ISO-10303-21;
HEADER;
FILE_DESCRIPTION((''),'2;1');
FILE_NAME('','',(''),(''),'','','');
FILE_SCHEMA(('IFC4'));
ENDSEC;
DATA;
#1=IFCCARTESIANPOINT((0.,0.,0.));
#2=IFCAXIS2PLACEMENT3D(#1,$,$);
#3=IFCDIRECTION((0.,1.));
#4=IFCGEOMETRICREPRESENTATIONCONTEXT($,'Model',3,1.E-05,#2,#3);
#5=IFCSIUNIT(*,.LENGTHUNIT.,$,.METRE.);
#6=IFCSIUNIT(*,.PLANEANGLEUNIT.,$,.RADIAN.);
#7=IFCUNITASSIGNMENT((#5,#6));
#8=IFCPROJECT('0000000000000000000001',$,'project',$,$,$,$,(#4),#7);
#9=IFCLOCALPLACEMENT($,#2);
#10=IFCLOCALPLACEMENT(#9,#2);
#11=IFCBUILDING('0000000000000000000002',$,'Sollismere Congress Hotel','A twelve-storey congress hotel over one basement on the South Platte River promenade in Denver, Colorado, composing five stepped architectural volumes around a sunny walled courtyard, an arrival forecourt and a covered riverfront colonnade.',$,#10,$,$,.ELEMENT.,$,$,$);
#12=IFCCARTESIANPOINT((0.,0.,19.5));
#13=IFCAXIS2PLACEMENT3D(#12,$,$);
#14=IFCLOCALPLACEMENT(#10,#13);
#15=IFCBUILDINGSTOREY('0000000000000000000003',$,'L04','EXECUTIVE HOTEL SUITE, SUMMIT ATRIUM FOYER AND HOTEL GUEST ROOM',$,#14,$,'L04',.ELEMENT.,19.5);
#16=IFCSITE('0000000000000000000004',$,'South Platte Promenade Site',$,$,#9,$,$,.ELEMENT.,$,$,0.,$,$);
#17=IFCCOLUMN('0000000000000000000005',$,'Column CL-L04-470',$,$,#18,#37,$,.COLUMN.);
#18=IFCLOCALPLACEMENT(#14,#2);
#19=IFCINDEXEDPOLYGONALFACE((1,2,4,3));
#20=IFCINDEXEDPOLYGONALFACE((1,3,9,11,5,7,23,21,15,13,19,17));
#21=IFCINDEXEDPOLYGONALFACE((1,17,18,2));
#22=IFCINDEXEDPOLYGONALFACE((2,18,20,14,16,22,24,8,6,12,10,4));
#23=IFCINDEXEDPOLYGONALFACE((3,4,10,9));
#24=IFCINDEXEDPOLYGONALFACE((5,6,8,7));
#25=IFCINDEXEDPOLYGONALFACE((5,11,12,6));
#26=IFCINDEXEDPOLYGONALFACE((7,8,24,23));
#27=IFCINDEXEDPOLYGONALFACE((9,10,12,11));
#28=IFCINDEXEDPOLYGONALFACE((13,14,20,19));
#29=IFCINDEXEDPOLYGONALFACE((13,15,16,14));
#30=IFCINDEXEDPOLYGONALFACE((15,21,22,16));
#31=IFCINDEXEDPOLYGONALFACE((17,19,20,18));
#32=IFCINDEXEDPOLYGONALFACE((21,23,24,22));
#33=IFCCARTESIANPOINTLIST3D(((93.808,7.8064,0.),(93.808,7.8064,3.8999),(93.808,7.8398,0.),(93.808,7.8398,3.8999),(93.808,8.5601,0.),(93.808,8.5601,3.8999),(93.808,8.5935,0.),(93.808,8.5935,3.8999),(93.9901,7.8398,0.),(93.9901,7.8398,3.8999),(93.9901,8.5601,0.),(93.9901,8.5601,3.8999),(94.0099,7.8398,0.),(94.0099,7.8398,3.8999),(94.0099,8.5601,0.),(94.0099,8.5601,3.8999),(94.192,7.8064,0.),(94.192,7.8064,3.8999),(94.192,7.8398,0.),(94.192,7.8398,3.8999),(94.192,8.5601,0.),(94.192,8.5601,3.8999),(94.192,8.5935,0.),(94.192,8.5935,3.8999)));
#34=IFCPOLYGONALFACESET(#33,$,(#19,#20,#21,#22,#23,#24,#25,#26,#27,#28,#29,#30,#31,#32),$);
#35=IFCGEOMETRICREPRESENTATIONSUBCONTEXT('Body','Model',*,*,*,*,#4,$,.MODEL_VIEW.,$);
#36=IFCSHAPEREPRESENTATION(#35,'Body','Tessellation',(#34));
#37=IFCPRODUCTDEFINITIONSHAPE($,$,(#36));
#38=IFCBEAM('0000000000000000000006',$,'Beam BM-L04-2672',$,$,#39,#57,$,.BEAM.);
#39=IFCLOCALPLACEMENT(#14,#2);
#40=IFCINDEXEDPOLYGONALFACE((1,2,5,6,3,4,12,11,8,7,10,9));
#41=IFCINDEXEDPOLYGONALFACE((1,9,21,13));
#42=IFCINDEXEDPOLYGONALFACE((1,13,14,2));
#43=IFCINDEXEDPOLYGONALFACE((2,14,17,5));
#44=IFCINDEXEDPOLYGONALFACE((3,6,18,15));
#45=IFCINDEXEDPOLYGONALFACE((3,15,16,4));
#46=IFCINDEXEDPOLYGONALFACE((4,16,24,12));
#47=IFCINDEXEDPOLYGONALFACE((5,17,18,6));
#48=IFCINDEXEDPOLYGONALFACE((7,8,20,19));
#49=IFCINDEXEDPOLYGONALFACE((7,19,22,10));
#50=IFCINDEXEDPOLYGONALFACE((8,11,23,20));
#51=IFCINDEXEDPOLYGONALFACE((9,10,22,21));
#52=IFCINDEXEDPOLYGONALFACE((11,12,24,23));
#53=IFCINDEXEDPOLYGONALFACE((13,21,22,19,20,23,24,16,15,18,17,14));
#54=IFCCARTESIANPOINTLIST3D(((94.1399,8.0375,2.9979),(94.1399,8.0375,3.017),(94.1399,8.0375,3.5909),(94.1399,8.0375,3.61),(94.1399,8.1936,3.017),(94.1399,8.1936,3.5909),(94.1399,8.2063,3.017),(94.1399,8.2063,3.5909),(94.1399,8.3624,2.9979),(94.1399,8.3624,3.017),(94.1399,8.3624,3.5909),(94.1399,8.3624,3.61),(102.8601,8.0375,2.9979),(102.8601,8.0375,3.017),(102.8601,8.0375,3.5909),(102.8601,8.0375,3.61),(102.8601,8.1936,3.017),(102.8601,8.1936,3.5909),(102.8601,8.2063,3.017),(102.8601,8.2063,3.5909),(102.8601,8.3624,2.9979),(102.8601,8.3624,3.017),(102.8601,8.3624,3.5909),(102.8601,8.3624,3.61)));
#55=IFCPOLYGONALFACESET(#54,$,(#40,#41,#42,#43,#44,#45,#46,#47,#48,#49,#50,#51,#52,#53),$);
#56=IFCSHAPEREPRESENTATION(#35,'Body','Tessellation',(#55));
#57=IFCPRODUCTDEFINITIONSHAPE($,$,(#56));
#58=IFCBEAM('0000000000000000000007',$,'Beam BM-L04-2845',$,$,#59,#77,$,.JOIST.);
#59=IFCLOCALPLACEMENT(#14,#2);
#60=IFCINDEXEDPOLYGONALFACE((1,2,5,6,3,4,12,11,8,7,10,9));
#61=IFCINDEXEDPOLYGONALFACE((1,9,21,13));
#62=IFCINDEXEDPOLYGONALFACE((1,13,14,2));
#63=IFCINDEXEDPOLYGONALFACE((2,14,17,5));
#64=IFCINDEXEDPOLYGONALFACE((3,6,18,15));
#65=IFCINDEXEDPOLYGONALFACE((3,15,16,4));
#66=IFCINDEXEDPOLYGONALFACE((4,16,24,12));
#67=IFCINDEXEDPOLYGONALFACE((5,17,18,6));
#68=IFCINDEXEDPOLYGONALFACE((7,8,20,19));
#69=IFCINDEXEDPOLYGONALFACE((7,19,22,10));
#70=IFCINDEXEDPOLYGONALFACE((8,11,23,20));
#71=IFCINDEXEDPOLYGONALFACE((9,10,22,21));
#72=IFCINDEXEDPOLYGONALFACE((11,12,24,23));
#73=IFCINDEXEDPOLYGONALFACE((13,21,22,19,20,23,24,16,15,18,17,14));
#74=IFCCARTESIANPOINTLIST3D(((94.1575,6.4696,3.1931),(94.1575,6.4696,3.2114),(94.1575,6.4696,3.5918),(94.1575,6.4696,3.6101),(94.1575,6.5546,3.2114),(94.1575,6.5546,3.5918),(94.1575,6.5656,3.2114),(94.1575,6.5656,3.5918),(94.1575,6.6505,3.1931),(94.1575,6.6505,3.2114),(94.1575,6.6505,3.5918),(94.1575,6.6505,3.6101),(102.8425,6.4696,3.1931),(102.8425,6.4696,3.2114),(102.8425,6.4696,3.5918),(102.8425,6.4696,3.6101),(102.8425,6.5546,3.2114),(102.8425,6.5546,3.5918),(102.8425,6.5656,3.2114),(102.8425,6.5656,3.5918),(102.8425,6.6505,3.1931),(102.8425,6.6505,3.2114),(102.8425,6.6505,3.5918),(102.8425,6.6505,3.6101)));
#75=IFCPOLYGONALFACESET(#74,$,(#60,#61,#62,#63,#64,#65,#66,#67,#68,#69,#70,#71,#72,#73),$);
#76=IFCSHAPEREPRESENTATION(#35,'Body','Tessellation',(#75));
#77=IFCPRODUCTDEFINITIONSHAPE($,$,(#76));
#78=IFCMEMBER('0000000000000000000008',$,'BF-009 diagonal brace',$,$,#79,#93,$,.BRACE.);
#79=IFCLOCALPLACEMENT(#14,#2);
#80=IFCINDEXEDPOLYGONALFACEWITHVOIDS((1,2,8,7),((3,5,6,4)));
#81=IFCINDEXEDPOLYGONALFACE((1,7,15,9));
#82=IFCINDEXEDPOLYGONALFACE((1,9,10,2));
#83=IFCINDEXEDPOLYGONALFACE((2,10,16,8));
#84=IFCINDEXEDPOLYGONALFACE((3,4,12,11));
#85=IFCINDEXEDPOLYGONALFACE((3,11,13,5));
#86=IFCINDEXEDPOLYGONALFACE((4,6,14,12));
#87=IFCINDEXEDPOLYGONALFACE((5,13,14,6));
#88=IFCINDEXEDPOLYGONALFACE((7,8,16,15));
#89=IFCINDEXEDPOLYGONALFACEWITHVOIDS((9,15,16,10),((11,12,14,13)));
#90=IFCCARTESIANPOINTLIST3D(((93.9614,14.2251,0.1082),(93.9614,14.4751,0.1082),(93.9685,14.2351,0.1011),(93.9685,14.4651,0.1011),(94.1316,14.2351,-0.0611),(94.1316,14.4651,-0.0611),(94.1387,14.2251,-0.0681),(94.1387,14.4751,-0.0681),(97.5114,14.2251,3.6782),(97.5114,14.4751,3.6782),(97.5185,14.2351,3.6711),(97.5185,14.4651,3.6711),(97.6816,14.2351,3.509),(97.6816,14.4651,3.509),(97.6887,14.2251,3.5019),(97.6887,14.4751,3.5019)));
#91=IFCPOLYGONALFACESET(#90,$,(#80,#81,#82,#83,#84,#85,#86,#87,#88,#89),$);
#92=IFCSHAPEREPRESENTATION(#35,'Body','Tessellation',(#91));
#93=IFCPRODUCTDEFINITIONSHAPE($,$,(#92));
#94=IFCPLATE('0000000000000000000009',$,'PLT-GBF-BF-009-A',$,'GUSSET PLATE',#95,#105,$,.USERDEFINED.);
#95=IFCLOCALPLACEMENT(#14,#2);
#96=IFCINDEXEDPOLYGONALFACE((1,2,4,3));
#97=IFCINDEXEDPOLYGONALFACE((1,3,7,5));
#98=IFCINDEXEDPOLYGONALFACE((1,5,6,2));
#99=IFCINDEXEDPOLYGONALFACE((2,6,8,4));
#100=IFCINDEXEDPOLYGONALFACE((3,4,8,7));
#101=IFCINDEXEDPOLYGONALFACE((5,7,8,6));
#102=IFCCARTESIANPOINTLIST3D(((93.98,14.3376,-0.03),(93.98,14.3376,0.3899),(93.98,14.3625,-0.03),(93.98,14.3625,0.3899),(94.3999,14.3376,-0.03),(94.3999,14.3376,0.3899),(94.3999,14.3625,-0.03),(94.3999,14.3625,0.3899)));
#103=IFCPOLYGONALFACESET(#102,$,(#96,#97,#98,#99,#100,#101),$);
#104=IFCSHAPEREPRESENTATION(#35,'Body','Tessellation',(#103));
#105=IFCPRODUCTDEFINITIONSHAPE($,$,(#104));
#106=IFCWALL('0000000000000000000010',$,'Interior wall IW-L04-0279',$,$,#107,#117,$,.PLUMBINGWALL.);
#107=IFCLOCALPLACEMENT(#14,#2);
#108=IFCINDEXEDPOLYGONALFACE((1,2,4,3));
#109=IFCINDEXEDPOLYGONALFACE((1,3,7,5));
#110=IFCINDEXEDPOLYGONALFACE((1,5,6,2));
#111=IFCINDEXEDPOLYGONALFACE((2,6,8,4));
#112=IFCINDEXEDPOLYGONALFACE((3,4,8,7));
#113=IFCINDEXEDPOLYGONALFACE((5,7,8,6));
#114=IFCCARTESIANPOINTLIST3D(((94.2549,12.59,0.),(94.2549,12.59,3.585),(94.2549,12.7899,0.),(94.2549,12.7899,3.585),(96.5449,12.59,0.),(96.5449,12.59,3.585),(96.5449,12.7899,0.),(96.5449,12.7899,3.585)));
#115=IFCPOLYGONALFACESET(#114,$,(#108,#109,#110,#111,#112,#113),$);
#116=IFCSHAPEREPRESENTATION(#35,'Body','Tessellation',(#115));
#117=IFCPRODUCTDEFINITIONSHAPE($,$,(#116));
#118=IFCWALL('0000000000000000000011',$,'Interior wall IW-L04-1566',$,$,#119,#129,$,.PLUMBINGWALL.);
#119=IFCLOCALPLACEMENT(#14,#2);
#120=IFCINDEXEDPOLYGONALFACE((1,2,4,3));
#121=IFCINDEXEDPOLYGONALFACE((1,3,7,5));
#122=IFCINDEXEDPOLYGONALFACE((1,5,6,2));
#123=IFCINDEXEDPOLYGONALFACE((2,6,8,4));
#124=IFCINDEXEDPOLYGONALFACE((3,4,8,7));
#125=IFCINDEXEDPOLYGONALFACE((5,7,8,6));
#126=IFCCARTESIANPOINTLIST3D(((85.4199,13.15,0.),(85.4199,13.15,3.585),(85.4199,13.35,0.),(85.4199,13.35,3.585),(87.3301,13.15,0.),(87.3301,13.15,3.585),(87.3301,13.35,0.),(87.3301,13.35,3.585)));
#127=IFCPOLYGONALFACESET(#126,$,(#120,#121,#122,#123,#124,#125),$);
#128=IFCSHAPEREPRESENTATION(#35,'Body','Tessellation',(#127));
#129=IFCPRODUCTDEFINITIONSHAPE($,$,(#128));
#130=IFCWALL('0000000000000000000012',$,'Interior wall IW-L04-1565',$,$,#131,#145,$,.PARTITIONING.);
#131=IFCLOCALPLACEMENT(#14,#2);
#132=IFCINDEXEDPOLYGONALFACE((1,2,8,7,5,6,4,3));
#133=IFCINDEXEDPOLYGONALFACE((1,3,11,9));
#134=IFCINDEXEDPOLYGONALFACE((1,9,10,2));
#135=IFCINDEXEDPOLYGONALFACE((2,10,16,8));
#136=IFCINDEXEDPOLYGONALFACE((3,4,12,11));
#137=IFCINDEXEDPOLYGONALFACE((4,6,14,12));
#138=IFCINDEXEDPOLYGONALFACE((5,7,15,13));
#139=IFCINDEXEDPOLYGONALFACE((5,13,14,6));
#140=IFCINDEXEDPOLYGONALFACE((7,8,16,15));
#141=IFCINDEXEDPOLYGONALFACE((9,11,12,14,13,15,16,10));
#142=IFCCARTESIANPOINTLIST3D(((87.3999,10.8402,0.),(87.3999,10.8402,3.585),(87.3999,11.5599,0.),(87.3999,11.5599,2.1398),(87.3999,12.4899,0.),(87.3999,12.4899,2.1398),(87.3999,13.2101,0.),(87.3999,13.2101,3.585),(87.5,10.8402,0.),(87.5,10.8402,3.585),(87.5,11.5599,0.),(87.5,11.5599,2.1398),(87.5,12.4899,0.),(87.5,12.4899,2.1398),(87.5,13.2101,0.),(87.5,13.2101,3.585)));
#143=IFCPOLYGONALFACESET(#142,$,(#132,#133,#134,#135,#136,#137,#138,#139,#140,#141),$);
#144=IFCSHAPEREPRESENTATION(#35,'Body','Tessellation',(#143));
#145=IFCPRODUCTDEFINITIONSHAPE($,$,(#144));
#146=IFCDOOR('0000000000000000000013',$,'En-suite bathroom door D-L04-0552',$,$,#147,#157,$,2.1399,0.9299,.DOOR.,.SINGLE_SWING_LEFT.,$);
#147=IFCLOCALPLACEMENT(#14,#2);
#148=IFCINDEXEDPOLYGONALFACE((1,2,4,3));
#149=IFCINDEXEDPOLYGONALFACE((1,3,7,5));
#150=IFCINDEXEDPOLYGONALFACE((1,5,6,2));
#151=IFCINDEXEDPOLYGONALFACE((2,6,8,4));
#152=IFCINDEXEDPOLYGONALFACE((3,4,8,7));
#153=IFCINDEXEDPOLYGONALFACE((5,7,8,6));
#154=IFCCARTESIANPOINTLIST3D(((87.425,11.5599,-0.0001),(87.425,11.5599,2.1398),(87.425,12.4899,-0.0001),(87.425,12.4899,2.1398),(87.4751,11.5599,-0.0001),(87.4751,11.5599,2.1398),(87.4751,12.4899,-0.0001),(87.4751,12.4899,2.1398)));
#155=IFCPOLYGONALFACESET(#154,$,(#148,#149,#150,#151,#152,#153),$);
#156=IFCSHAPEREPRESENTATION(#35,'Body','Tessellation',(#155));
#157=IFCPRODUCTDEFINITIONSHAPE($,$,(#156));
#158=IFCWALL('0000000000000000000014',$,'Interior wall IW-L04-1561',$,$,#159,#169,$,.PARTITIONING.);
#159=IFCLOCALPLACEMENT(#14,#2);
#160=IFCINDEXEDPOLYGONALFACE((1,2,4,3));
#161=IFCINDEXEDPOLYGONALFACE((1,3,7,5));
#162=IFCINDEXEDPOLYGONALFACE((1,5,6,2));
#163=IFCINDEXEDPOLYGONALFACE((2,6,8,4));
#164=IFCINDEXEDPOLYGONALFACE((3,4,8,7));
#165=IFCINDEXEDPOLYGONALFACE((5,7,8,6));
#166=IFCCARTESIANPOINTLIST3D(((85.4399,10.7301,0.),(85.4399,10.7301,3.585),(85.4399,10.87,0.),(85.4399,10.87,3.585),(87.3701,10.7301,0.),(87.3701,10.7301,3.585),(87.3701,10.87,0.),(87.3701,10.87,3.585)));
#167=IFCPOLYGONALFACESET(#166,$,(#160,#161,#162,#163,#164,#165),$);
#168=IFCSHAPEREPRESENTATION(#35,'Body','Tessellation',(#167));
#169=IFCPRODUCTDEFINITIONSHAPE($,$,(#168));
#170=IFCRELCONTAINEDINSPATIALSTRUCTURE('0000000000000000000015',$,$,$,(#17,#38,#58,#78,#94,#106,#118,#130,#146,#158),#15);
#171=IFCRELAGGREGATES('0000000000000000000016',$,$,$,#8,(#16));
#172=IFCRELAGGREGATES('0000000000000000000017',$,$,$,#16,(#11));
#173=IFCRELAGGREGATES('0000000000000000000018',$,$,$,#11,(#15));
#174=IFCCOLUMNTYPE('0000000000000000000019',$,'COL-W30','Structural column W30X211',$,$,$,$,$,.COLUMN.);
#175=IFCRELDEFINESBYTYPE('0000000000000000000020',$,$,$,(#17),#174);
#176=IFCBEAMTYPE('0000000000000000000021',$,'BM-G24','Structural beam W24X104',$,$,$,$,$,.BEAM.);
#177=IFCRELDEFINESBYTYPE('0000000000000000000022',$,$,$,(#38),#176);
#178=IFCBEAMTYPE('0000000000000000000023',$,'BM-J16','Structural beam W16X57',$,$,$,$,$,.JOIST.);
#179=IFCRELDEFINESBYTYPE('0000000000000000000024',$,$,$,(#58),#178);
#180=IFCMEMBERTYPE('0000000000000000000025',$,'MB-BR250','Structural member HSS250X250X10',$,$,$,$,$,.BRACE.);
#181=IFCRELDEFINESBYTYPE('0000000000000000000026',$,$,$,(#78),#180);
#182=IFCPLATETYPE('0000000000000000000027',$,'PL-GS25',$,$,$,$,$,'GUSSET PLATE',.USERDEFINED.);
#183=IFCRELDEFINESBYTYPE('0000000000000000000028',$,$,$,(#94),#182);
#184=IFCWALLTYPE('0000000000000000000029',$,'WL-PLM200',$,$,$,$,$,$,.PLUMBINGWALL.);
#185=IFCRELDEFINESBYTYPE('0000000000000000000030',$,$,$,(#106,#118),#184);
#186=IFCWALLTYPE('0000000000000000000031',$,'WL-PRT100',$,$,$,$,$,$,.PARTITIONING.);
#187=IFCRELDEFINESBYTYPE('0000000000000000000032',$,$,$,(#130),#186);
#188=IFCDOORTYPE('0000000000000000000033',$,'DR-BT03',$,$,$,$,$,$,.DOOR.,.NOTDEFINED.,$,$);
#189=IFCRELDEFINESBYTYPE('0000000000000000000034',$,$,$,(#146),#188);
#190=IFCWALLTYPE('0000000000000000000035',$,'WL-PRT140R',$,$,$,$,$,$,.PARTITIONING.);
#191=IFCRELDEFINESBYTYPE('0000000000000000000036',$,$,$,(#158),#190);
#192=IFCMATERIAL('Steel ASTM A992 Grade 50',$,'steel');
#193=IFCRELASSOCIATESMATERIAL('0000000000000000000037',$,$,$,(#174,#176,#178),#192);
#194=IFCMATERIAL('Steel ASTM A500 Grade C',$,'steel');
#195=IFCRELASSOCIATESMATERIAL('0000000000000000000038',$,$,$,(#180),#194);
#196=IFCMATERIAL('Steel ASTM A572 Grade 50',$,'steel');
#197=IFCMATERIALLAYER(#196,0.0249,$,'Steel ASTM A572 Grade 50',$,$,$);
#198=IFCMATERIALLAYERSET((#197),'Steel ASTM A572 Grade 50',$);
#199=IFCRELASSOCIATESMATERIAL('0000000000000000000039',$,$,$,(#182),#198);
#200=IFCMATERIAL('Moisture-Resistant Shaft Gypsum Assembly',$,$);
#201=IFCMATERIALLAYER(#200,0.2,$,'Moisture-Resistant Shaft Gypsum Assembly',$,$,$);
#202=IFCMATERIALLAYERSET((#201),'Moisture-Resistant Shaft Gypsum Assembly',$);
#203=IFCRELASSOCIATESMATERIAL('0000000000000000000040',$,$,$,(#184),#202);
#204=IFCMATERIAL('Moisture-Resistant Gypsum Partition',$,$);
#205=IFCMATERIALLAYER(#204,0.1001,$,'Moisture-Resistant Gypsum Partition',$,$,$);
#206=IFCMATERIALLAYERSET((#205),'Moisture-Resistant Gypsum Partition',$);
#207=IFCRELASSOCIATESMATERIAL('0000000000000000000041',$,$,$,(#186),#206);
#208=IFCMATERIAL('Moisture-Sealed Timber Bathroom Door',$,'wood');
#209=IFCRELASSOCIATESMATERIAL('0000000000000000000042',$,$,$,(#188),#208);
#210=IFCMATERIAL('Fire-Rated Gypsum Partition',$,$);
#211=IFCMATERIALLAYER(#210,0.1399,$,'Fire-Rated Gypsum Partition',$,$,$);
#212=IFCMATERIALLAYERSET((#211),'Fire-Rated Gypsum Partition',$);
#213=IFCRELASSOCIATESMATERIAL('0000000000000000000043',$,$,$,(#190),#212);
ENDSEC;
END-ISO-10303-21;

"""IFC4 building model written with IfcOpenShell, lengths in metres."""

from ifc_helpers import new_model, si_unit, direction, frame, frame_2d, origin, origin_2d, place, context, subcontext, project, spatial, rectangle, hollow_rectangle, i_section, extrude, material, layer, layer_set, material_profile, profile_set, type_object, element, fill, save


model = new_model("IFC4")

# Units and contexts
model_context = context("Model", 3, precision=1e-05, world=origin(), true_north=direction((0.0, 1.0)))
body_context = subcontext(model_context, "Body", "Model", "MODEL_VIEW")
ifc_project = project(units=[si_unit("LENGTHUNIT", "METRE"), si_unit("PLANEANGLEUNIT", "RADIAN")], contexts=[model_context])

# Site, building, storey
site_placement = place(None, origin())
site = spatial("IfcSite", under=ifc_project, at=site_placement, Name="South Platte Promenade Site", CompositionType="ELEMENT", RefElevation=0.0)
building_placement = place(site_placement, origin())
building = spatial("IfcBuilding", under=site, at=building_placement, Name="Sollismere Congress Hotel", Description="A twelve-storey congress hotel over one basement on the South Platte River promenade in Denver, Colorado, composing five stepped architectural volumes around a sunny walled courtyard, an arrival forecourt and a covered riverfront colonnade.", CompositionType="ELEMENT")
storey_placement = place(building_placement, frame((0.0, 0.0, 19.5)))
storey = spatial("IfcBuildingStorey", under=building, at=storey_placement, Name="L04", Description="EXECUTIVE HOTEL SUITE, SUMMIT ATRIUM FOYER AND HOTEL GUEST ROOM", LongName="L04", CompositionType="ELEMENT", Elevation=19.5)

# Column
ifc_material_1 = material(Name="Steel ASTM A992 Grade 50", Category="steel")
ifc_material_profile_1 = material_profile(ifc_material_1, i_section(OverallWidth=0.384, OverallDepth=0.7871, WebThickness=0.0198, FlangeThickness=0.0334, at=origin_2d()), Name="W30X211")
ifc_profile_set_1 = profile_set([ifc_material_profile_1], Name="Steel ASTM A992 Grade 50")
column_type = type_object("IfcColumnType", Name="COL-W30", Description="Structural column W30X211", PredefinedType="COLUMN", material=ifc_profile_set_1)
column_placement = place(storey_placement, frame((94.0, 8.2, 0.0), z_axis=(0.0, 0.0, 1.0), x_axis=(1.0, 0.0, 0.0)))
element("IfcColumn", 1, at=column_placement, inside=storey, type_object=column_type, Name="Column CL-L04-470", PredefinedType="COLUMN", context=body_context, shape_type="SweptSolid", body=[
    extrude(i_section(OverallWidth=0.384, OverallDepth=0.7871, WebThickness=0.0198, FlangeThickness=0.0334, at=origin_2d()), origin(), (0.0, 0.0, 1.0), 3.8999),
])

# Beams
ifc_material_profile_2 = material_profile(ifc_material_1, i_section(OverallWidth=0.325, OverallDepth=0.6121, WebThickness=0.0127, FlangeThickness=0.019, at=origin_2d()), Name="W24X104")
ifc_profile_set_2 = profile_set([ifc_material_profile_2], Name="Steel ASTM A992 Grade 50")
beam_type_1 = type_object("IfcBeamType", Name="BM-G24", Description="Structural beam W24X104", PredefinedType="BEAM", material=ifc_profile_set_2)
beam_1_placement = place(storey_placement, frame((94.1399, 8.2, 3.304), z_axis=(1.0, 0.0, 0.0), x_axis=(0.0, 1.0, 0.0)))
element("IfcBeam", 2, at=beam_1_placement, inside=storey, type_object=beam_type_1, Name="Beam BM-L04-2672", PredefinedType="BEAM", context=body_context, shape_type="SweptSolid", body=[
    extrude(i_section(OverallWidth=0.325, OverallDepth=0.6121, WebThickness=0.0127, FlangeThickness=0.019, at=origin_2d()), origin(), (0.0, 0.0, 1.0), 8.7202),
])
ifc_material_profile_3 = material_profile(ifc_material_1, i_section(OverallWidth=0.1809, OverallDepth=0.417, WebThickness=0.011, FlangeThickness=0.0183, at=origin_2d()), Name="W16X57")
ifc_profile_set_3 = profile_set([ifc_material_profile_3], Name="Steel ASTM A992 Grade 50")
beam_type_2 = type_object("IfcBeamType", Name="BM-J16", Description="Structural beam W16X57", PredefinedType="JOIST", material=ifc_profile_set_3)
beam_2_placement = place(storey_placement, frame((94.1575, 6.5601, 3.4016), z_axis=(1.0, 0.0, 0.0), x_axis=(0.0, 1.0, 0.0)))
element("IfcBeam", 3, at=beam_2_placement, inside=storey, type_object=beam_type_2, Name="Beam BM-L04-2845", PredefinedType="JOIST", context=body_context, shape_type="SweptSolid", body=[
    extrude(i_section(OverallWidth=0.1809, OverallDepth=0.417, WebThickness=0.011, FlangeThickness=0.0183, at=origin_2d()), origin(), (0.0, 0.0, 1.0), 8.6851),
])

# Member
ifc_material_2 = material(Name="Steel ASTM A500 Grade C", Category="steel")
ifc_material_profile_4 = material_profile(ifc_material_2, hollow_rectangle(XDim=0.25, YDim=0.25, WallThickness=0.01, at=origin_2d()), Name="HSS250X250X10")
ifc_profile_set_4 = profile_set([ifc_material_profile_4], Name="Steel ASTM A500 Grade C")
member_type = type_object("IfcMemberType", Name="MB-BR250", Description="Structural member HSS250X250X10", PredefinedType="BRACE", material=ifc_profile_set_4)
member_placement = place(storey_placement, frame((94.05, 14.3501, 0.02), z_axis=(0.705116, 0.0, 0.709092), x_axis=(0.0, 1.0, 0.0)))
element("IfcMember", 4, at=member_placement, inside=storey, type_object=member_type, Name="BF-009 diagonal brace", PredefinedType="BRACE", context=body_context, shape_type="SweptSolid", body=[
    extrude(hollow_rectangle(XDim=0.25, YDim=0.25, WallThickness=0.01, at=origin_2d()), origin(), (0.0, 0.0, 1.0), 5.0347),
])

# Plate
ifc_material_3 = material(Name="Steel ASTM A572 Grade 50", Category="steel")
ifc_layer_1 = layer(ifc_material_3, 0.0249, Name="Steel ASTM A572 Grade 50")
ifc_layer_set_1 = layer_set([ifc_layer_1], Name="Steel ASTM A572 Grade 50")
plate_type = type_object("IfcPlateType", Name="PL-GS25", ElementType="GUSSET PLATE", PredefinedType="USERDEFINED", material=ifc_layer_set_1)
plate_placement = place(storey_placement, frame((94.1899, 14.3501, -0.03), z_axis=(0.0, 0.0, 1.0), x_axis=(1.0, 0.0, 0.0)))
element("IfcPlate", 5, at=plate_placement, inside=storey, type_object=plate_type, Name="PLT-GBF-BF-009-A", ObjectType="GUSSET PLATE", PredefinedType="USERDEFINED", context=body_context, shape_type="SweptSolid", body=[
    extrude(rectangle(XDim=0.4199, YDim=0.0249, at=origin_2d()), origin(), (0.0, 0.0, 1.0), 0.4199),
])

# Walls
ifc_material_4 = material(Name="Moisture-Resistant Shaft Gypsum Assembly")
ifc_layer_2 = layer(ifc_material_4, 0.2, Name="Moisture-Resistant Shaft Gypsum Assembly")
ifc_layer_set_2 = layer_set([ifc_layer_2], Name="Moisture-Resistant Shaft Gypsum Assembly")
wall_type_1 = type_object("IfcWallType", Name="WL-PLM200", PredefinedType="PLUMBINGWALL", material=ifc_layer_set_2)
wall_1_placement = place(storey_placement, frame((94.2549, 12.6899, 0.0), z_axis=(0.0, 0.0, 1.0), x_axis=(1.0, 0.0, 0.0)))
element("IfcWall", 6, at=wall_1_placement, inside=storey, type_object=wall_type_1, Name="Interior wall IW-L04-0279", PredefinedType="PLUMBINGWALL", context=body_context, shape_type="SweptSolid", body=[
    extrude(rectangle(XDim=2.29, YDim=0.2, at=frame_2d((1.145, 0.0))), origin(), (0.0, 0.0, 1.0), 3.585),
])
wall_2_placement = place(storey_placement, frame((85.4199, 13.25, 0.0), z_axis=(0.0, 0.0, 1.0), x_axis=(1.0, 0.0, 0.0)))
element("IfcWall", 7, at=wall_2_placement, inside=storey, type_object=wall_type_1, Name="Interior wall IW-L04-1566", PredefinedType="PLUMBINGWALL", context=body_context, shape_type="SweptSolid", body=[
    extrude(rectangle(XDim=1.9102, YDim=0.2, at=frame_2d((0.9551, 0.0))), origin(), (0.0, 0.0, 1.0), 3.585),
])

# Wall, opening, door
ifc_material_5 = material(Name="Moisture-Resistant Gypsum Partition")
ifc_layer_3 = layer(ifc_material_5, 0.1001, Name="Moisture-Resistant Gypsum Partition")
ifc_layer_set_3 = layer_set([ifc_layer_3], Name="Moisture-Resistant Gypsum Partition")
wall_type_2 = type_object("IfcWallType", Name="WL-PRT100", PredefinedType="PARTITIONING", material=ifc_layer_set_3)
wall_3_placement = place(storey_placement, frame((87.45, 10.8401, 0.0), z_axis=(0.0, 0.0, 1.0), x_axis=(0.0, 1.0, 0.0)))
wall_3 = element("IfcWall", 8, at=wall_3_placement, inside=storey, type_object=wall_type_2, Name="Interior wall IW-L04-1565", PredefinedType="PARTITIONING", context=body_context, shape_type="SweptSolid", body=[
    extrude(rectangle(XDim=2.3699, YDim=0.1001, at=frame_2d((1.1851, 0.0))), origin(), (0.0, 0.0, 1.0), 3.585),
])
opening_1_placement = place(wall_3_placement, frame((0.72, 0.0, 0.0)))
opening_1 = element("IfcOpeningElement", 9, at=opening_1_placement, cuts=wall_3, PredefinedType="OPENING", context=body_context, shape_type="SweptSolid", body=[
    extrude(rectangle(XDim=0.9299, YDim=2.1399, at=frame_2d((0.4648, 1.0698))), frame((0.0, 0.0601, 0.0), z_axis=(0.0, -1.0, 0.0), x_axis=(1.0, 0.0, 0.0)), (0.0, 0.0, 1.0), 0.1201),
])
ifc_material_6 = material(Name="Moisture-Sealed Timber Bathroom Door", Category="wood")
door_type_1 = type_object("IfcDoorType", Name="DR-BT03", OperationType="NOTDEFINED", PredefinedType="DOOR", material=ifc_material_6)
door_1_placement = place(opening_1_placement, origin())
door_1 = element("IfcDoor", 10, at=door_1_placement, inside=storey, type_object=door_type_1, Name="En-suite bathroom door D-L04-0552", OperationType="SINGLE_SWING_LEFT", OverallHeight=2.1399, OverallWidth=0.9299, PredefinedType="DOOR", context=body_context, shape_type="SweptSolid", body=[
    extrude(rectangle(XDim=0.9299, YDim=2.1399, at=frame_2d((0.4648, 1.0698))), frame((0.0, 0.0249, 0.0), z_axis=(0.0, -1.0, 0.0), x_axis=(1.0, 0.0, 0.0)), (0.0, 0.0, 1.0), 0.05),
])
fill(opening_1, door_1)

# Wall
ifc_material_7 = material(Name="Fire-Rated Gypsum Partition")
ifc_layer_4 = layer(ifc_material_7, 0.1399, Name="Fire-Rated Gypsum Partition")
ifc_layer_set_4 = layer_set([ifc_layer_4], Name="Fire-Rated Gypsum Partition")
wall_type_3 = type_object("IfcWallType", Name="WL-PRT140R", PredefinedType="PARTITIONING", material=ifc_layer_set_4)
wall_4_placement = place(storey_placement, frame((85.4399, 10.8, 0.0), z_axis=(0.0, 0.0, 1.0), x_axis=(1.0, 0.0, 0.0)))
element("IfcWall", 11, at=wall_4_placement, inside=storey, type_object=wall_type_3, Name="Interior wall IW-L04-1561", PredefinedType="PARTITIONING", context=body_context, shape_type="SweptSolid", body=[
    extrude(rectangle(XDim=1.9302, YDim=0.1399, at=frame_2d((0.9651, 0.0))), origin(), (0.0, 0.0, 1.0), 3.585),
])

save(model, "model.ifc")
